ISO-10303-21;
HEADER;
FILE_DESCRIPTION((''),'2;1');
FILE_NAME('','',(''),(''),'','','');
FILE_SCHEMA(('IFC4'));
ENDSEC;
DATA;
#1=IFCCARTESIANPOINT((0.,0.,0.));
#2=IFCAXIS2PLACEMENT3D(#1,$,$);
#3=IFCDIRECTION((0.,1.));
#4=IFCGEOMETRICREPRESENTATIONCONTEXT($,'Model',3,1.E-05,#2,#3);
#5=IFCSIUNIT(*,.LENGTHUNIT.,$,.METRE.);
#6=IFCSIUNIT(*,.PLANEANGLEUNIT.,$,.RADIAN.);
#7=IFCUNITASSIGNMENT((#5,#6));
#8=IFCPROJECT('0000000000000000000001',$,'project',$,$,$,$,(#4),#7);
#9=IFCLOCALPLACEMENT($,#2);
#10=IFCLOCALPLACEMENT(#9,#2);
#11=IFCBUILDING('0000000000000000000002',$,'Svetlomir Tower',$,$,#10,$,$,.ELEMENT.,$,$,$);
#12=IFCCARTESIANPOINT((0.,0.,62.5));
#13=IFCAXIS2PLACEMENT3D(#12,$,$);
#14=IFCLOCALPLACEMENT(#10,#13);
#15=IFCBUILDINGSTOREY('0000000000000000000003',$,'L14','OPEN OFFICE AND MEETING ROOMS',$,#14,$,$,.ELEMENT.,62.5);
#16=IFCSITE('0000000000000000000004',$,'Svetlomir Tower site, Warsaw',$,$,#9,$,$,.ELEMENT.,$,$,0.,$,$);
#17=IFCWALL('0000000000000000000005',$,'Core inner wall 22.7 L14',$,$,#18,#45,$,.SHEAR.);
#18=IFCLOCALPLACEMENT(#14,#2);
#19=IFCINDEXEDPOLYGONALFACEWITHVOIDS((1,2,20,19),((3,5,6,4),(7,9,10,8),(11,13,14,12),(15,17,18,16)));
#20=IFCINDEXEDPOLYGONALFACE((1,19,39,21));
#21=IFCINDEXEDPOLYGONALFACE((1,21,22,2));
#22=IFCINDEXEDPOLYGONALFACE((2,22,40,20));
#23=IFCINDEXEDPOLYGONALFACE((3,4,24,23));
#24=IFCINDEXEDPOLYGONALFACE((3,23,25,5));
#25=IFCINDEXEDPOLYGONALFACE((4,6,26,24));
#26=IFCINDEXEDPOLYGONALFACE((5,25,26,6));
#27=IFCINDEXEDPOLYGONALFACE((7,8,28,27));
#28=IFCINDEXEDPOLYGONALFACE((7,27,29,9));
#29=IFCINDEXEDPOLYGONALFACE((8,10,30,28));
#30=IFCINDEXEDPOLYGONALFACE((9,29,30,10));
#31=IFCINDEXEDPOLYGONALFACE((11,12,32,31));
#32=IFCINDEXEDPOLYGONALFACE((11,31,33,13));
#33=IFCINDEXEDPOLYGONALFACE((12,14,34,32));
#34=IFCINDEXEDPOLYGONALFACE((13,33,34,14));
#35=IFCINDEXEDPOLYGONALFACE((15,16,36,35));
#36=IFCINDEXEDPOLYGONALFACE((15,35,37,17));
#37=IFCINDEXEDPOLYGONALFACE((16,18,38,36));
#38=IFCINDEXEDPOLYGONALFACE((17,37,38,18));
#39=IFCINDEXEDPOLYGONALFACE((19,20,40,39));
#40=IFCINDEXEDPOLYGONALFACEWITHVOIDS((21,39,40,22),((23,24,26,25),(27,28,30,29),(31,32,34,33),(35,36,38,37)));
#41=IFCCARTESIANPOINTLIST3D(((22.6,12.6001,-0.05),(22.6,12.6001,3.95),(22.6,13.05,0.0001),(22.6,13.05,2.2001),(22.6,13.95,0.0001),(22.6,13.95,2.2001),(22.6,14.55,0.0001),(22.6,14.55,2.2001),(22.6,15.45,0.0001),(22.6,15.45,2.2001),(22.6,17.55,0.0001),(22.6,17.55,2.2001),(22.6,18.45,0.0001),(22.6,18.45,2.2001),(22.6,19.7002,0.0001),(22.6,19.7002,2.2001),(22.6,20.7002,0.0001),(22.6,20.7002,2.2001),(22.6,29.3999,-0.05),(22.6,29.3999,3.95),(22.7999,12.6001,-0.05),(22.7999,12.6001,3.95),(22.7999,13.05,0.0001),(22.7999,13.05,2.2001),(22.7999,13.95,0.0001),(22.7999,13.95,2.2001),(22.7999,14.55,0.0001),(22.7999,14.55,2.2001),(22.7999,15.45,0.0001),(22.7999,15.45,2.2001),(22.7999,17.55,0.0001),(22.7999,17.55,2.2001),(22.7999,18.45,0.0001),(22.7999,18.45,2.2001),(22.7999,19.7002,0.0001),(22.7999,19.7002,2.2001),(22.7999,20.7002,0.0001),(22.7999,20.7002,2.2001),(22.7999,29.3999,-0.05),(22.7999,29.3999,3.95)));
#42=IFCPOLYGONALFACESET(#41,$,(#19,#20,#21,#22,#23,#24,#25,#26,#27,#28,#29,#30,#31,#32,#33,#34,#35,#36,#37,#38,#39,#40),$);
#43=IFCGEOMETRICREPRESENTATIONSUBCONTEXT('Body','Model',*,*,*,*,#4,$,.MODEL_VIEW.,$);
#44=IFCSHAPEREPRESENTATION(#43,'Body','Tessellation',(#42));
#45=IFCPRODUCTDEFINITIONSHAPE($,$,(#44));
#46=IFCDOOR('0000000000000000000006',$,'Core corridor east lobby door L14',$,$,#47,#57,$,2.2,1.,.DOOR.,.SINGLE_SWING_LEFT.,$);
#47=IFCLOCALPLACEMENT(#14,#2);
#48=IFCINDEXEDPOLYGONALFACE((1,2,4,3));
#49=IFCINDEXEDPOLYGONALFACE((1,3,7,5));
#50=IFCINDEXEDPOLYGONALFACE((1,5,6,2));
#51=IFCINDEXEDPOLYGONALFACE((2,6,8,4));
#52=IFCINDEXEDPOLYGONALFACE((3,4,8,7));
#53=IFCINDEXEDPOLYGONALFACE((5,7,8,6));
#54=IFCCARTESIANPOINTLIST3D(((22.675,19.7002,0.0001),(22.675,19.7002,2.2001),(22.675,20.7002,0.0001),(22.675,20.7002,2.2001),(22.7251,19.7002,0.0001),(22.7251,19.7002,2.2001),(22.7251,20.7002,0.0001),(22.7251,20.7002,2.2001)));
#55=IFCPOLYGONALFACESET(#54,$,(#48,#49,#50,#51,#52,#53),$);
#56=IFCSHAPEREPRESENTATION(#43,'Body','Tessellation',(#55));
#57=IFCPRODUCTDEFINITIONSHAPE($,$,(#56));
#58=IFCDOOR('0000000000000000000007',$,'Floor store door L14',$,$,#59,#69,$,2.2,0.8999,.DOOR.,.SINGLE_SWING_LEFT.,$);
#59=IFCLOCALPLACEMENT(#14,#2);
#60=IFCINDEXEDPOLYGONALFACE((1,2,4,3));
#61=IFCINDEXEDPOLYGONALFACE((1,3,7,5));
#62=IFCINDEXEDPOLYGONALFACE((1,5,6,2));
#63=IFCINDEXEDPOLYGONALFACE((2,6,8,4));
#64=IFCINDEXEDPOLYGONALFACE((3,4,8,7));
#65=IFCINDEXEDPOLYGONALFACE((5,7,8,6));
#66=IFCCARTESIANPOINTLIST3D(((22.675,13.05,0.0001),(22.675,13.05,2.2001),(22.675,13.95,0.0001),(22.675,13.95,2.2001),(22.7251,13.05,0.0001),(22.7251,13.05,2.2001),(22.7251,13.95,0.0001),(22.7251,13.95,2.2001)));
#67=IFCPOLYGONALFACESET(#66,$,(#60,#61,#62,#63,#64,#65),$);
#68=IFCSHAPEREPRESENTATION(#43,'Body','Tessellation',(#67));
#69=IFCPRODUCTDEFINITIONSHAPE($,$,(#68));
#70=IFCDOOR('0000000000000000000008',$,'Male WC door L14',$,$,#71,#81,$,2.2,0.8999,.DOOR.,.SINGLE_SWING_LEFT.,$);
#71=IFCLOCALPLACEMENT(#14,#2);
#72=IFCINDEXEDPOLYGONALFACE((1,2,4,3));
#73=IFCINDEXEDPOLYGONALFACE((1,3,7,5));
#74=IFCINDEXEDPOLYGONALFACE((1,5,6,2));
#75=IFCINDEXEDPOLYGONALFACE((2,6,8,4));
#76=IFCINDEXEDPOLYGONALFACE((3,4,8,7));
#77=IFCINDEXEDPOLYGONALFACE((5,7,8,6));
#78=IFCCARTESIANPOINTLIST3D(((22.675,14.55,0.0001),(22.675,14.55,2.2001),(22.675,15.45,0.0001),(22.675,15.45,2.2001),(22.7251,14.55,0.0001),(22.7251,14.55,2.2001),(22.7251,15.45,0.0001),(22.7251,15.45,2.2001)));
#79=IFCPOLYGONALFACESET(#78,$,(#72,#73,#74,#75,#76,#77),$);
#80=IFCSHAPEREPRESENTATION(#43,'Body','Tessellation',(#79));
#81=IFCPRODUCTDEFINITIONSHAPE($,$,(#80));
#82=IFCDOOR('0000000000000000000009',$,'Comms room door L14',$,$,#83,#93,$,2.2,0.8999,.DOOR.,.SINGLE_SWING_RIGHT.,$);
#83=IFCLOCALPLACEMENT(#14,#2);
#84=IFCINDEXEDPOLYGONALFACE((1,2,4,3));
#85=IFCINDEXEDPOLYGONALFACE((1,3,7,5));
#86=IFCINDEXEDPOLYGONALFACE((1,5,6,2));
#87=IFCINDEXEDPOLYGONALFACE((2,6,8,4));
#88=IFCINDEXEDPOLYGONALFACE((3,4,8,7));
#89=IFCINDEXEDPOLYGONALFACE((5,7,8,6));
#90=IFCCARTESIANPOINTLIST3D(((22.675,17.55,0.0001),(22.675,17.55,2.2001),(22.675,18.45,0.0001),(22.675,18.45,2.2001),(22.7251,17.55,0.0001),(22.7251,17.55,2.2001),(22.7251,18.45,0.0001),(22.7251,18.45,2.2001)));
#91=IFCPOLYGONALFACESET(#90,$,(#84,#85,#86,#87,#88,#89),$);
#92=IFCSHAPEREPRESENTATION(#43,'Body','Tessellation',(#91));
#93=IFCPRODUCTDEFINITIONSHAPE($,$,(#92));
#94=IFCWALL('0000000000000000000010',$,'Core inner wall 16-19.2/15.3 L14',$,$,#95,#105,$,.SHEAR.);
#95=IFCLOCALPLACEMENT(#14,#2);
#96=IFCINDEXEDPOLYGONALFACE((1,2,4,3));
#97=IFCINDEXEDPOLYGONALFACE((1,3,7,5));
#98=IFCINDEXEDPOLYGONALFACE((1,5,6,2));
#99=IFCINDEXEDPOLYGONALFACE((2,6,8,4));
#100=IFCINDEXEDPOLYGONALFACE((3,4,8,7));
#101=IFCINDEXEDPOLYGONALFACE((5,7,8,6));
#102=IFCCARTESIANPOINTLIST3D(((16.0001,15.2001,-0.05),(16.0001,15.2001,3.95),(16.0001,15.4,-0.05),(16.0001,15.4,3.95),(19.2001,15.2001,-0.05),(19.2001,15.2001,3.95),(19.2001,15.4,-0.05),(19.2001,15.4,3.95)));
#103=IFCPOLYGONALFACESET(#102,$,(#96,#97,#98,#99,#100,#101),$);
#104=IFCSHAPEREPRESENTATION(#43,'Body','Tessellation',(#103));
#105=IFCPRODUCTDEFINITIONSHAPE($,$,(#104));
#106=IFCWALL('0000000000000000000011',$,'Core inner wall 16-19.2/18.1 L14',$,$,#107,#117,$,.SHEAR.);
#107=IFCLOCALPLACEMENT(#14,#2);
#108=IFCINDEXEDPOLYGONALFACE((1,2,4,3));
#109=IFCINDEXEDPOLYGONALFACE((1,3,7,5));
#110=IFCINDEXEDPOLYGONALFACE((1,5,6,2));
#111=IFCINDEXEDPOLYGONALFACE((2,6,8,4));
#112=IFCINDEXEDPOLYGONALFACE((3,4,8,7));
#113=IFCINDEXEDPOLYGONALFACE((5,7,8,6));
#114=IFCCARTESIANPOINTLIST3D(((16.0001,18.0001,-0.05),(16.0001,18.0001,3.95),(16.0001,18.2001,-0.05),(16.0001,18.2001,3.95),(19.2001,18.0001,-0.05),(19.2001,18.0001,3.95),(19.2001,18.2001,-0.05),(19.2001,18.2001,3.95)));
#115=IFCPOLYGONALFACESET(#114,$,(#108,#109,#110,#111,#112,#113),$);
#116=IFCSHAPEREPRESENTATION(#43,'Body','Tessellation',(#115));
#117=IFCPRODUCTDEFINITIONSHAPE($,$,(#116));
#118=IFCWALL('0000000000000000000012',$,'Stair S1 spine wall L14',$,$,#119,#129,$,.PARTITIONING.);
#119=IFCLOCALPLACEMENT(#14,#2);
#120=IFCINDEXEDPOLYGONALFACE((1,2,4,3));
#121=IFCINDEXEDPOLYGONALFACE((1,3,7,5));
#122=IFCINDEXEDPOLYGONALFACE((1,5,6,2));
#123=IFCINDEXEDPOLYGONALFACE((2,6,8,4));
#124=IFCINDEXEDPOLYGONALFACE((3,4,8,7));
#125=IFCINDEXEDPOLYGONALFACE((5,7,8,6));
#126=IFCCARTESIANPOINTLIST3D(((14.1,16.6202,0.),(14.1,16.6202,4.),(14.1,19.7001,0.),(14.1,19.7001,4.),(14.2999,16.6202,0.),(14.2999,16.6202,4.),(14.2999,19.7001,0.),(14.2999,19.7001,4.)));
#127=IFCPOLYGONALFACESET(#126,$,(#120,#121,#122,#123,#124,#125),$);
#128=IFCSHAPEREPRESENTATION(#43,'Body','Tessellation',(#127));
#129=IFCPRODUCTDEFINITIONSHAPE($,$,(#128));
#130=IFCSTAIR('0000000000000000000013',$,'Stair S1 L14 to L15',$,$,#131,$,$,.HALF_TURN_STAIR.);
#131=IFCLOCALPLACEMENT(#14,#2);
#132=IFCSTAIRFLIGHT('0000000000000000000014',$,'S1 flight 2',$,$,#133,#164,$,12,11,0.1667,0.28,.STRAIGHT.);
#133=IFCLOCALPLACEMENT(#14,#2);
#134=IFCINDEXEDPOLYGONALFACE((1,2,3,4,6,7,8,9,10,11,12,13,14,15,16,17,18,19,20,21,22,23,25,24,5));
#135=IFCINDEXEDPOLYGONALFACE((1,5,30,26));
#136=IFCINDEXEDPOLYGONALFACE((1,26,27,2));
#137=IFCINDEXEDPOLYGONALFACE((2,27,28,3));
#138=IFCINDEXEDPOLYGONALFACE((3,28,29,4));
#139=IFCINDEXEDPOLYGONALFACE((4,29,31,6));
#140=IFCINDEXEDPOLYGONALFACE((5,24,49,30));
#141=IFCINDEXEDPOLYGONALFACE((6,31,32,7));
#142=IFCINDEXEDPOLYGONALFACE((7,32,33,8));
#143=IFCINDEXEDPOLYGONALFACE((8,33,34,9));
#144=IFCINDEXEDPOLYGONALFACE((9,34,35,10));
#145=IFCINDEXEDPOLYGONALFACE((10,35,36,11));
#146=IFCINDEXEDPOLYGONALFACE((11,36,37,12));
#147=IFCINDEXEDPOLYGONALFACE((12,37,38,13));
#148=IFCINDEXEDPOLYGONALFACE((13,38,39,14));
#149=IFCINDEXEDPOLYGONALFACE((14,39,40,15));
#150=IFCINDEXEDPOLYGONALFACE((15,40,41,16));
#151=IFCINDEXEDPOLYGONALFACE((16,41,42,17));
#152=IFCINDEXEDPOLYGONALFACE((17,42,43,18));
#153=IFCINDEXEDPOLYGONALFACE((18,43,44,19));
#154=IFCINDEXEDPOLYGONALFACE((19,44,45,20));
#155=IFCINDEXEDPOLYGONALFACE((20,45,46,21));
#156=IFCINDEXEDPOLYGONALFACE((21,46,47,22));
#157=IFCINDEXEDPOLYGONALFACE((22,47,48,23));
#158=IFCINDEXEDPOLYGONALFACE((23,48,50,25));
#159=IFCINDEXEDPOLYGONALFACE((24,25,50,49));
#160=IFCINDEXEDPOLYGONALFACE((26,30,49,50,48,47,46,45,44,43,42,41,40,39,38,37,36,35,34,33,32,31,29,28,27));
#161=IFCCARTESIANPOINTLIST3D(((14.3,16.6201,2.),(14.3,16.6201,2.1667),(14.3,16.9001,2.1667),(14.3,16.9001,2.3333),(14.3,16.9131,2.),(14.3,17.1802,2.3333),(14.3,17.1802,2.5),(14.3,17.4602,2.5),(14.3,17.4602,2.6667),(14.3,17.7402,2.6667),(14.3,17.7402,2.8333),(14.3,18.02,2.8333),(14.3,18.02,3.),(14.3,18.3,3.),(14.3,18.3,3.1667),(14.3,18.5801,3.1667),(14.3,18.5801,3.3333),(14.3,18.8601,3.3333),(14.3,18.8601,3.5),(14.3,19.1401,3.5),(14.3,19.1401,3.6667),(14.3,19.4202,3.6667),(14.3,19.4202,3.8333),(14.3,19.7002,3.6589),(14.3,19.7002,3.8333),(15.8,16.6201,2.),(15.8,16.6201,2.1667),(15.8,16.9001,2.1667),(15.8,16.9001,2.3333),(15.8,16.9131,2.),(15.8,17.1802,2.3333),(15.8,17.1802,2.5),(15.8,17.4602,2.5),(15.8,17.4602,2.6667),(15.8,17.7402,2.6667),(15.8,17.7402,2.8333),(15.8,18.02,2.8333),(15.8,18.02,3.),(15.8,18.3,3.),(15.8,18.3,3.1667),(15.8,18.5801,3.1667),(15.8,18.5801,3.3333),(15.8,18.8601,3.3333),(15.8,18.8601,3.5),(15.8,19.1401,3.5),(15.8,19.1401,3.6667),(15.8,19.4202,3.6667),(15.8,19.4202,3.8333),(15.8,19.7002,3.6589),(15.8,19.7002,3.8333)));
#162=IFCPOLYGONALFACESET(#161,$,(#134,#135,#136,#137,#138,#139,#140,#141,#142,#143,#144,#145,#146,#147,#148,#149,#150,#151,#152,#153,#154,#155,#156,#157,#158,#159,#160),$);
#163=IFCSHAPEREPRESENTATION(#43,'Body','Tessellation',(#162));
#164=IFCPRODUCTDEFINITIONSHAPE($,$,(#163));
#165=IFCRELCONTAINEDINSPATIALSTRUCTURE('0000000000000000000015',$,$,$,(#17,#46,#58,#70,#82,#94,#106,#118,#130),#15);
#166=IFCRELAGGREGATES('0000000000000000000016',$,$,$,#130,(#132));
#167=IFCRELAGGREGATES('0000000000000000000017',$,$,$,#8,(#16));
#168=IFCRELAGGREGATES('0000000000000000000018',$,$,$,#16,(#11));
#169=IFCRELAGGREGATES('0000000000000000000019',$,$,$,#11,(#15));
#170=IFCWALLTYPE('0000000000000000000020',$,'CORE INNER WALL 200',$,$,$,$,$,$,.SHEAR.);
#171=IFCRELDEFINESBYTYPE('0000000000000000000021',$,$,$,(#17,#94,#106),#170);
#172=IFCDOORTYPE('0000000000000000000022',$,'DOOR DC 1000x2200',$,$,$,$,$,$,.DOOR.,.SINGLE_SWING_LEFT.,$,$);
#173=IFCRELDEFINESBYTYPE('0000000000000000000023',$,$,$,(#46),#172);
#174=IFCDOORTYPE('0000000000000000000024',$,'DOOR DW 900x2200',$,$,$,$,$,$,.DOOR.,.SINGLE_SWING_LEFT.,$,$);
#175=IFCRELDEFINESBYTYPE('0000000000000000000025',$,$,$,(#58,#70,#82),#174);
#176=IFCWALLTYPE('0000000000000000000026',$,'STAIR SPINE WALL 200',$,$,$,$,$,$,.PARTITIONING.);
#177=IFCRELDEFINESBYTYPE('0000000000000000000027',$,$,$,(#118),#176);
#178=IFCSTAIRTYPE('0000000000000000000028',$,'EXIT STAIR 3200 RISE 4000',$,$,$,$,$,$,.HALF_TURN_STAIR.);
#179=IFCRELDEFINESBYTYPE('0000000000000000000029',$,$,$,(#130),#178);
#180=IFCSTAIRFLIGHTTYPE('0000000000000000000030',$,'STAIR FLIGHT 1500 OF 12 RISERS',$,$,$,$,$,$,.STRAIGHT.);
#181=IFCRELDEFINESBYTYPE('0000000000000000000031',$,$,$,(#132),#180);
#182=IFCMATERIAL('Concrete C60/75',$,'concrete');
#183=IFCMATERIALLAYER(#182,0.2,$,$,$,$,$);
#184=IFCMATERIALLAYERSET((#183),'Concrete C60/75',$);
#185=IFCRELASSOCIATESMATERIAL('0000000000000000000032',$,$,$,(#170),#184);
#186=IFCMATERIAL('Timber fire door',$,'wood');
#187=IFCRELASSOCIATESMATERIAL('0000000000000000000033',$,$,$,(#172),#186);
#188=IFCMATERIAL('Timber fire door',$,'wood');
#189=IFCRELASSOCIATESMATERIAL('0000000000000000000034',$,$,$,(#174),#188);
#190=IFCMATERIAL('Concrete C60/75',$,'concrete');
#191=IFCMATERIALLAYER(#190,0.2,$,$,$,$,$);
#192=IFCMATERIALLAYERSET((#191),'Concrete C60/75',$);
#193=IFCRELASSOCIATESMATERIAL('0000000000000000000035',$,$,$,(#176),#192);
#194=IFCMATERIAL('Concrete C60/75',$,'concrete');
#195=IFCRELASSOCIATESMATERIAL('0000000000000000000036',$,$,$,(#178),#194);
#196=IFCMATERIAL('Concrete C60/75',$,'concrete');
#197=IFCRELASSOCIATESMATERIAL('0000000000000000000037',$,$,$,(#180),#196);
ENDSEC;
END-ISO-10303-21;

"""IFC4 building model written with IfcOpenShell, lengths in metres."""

from ifc_helpers import new_model, si_unit, direction, frame, frame_2d, origin, place, context, subcontext, project, spatial, polyline, rectangle, outline, extrude, material, layer, layer_set, type_object, element, fill, aggregate, save


model = new_model("IFC4")

# Units and contexts
model_context = context("Model", 3, precision=1e-05, world=origin(), true_north=direction((0.0, 1.0)))
body_context = subcontext(model_context, "Body", "Model", "MODEL_VIEW")
ifc_project = project(units=[si_unit("LENGTHUNIT", "METRE"), si_unit("PLANEANGLEUNIT", "RADIAN")], contexts=[model_context])

# Site, building, storey
site_placement = place(None, origin())
site = spatial("IfcSite", under=ifc_project, at=site_placement, Name="Svetlomir Tower site, Warsaw", CompositionType="ELEMENT", RefElevation=0.0)
building_placement = place(site_placement, origin())
building = spatial("IfcBuilding", under=site, at=building_placement, Name="Svetlomir Tower", CompositionType="ELEMENT")
storey_placement = place(building_placement, frame((0.0, 0.0, 62.5)))
storey = spatial("IfcBuildingStorey", under=building, at=storey_placement, Name="L14", Description="OPEN OFFICE AND MEETING ROOMS", CompositionType="ELEMENT", Elevation=62.5)

# Wall, openings, doors
ifc_material_1 = material(Name="Concrete C60/75", Category="concrete")
ifc_layer_1 = layer(ifc_material_1, 0.2)
ifc_layer_set_1 = layer_set([ifc_layer_1], Name="Concrete C60/75")
wall_type_1 = type_object("IfcWallType", Name="CORE INNER WALL 200", PredefinedType="SHEAR", material=ifc_layer_set_1)
ifc_material_2 = material(Name="Timber fire door", Category="wood")
door_type_1 = type_object("IfcDoorType", Name="DOOR DC 1000x2200", OperationType="SINGLE_SWING_LEFT", PredefinedType="DOOR", material=ifc_material_2)
ifc_material_3 = material(Name="Timber fire door", Category="wood")
door_type_2 = type_object("IfcDoorType", Name="DOOR DW 900x2200", OperationType="SINGLE_SWING_LEFT", PredefinedType="DOOR", material=ifc_material_3)
wall_1_placement = place(storey_placement, frame((22.7, 12.6001, -0.05), z_axis=(0.0, 0.0, 1.0), x_axis=(0.0, 1.0, 0.0)))
wall_1 = element("IfcWall", 1, at=wall_1_placement, inside=storey, type_object=wall_type_1, Name="Core inner wall 22.7 L14", PredefinedType="SHEAR", context=body_context, shape_type="SweptSolid", body=[
    extrude(rectangle(XDim=16.7998, YDim=0.2, at=frame_2d((8.3999, 0.0))), origin(), (0.0, 0.0, 1.0), 4.0),
])
opening_1_placement = place(wall_1_placement, frame((0.45, 0.0, 0.05)))
opening_1 = element("IfcOpeningElement", 2, at=opening_1_placement, cuts=wall_1, PredefinedType="OPENING", context=body_context, shape_type="SweptSolid", body=[
    extrude(rectangle(XDim=0.8999, YDim=2.2, at=frame_2d((0.45, 1.1001))), frame((0.0, 0.1099, 0.0), z_axis=(0.0, -1.0, 0.0), x_axis=(1.0, 0.0, 0.0)), (0.0, 0.0, 1.0), 0.22),
])
opening_2_placement = place(wall_1_placement, frame((7.1001, 0.0, 0.05)))
opening_2 = element("IfcOpeningElement", 3, at=opening_2_placement, cuts=wall_1, PredefinedType="OPENING", context=body_context, shape_type="SweptSolid", body=[
    extrude(rectangle(XDim=1.0, YDim=2.2, at=frame_2d((0.5, 1.1001))), frame((0.0, 0.1099, 0.0), z_axis=(0.0, -1.0, 0.0), x_axis=(1.0, 0.0, 0.0)), (0.0, 0.0, 1.0), 0.22),
])
opening_3_placement = place(wall_1_placement, frame((1.95, 0.0, 0.05)))
opening_3 = element("IfcOpeningElement", 4, at=opening_3_placement, cuts=wall_1, PredefinedType="OPENING", context=body_context, shape_type="SweptSolid", body=[
    extrude(rectangle(XDim=0.8999, YDim=2.2, at=frame_2d((0.45, 1.1001))), frame((0.0, 0.1099, 0.0), z_axis=(0.0, -1.0, 0.0), x_axis=(1.0, 0.0, 0.0)), (0.0, 0.0, 1.0), 0.22),
])
opening_4_placement = place(wall_1_placement, frame((4.95, 0.0, 0.05)))
opening_4 = element("IfcOpeningElement", 5, at=opening_4_placement, cuts=wall_1, PredefinedType="OPENING", context=body_context, shape_type="SweptSolid", body=[
    extrude(rectangle(XDim=0.8999, YDim=2.2, at=frame_2d((0.45, 1.1001))), frame((0.0, 0.1099, 0.0), z_axis=(0.0, -1.0, 0.0), x_axis=(1.0, 0.0, 0.0)), (0.0, 0.0, 1.0), 0.22),
])
door_1_placement = place(opening_2_placement, origin())
door_1 = element("IfcDoor", 6, at=door_1_placement, inside=storey, type_object=door_type_1, Name="Core corridor east lobby door L14", OperationType="SINGLE_SWING_LEFT", OverallHeight=2.2, OverallWidth=1.0, PredefinedType="DOOR", context=body_context, shape_type="SweptSolid", body=[
    extrude(rectangle(XDim=1.0, YDim=2.2, at=frame_2d((0.5, 1.1001))), frame((0.0, 0.0249, 0.0), z_axis=(0.0, -1.0, 0.0), x_axis=(1.0, 0.0, 0.0)), (0.0, 0.0, 1.0), 0.05),
])
fill(opening_2, door_1)
door_2_placement = place(opening_1_placement, origin())
door_2 = element("IfcDoor", 7, at=door_2_placement, inside=storey, type_object=door_type_2, Name="Floor store door L14", OperationType="SINGLE_SWING_LEFT", OverallHeight=2.2, OverallWidth=0.8999, PredefinedType="DOOR", context=body_context, shape_type="SweptSolid", body=[
    extrude(rectangle(XDim=0.8999, YDim=2.2, at=frame_2d((0.45, 1.1001))), frame((0.0, 0.0249, 0.0), z_axis=(0.0, -1.0, 0.0), x_axis=(1.0, 0.0, 0.0)), (0.0, 0.0, 1.0), 0.05),
])
fill(opening_1, door_2)
door_3_placement = place(opening_3_placement, origin())
door_3 = element("IfcDoor", 8, at=door_3_placement, inside=storey, type_object=door_type_2, Name="Male WC door L14", OperationType="SINGLE_SWING_LEFT", OverallHeight=2.2, OverallWidth=0.8999, PredefinedType="DOOR", context=body_context, shape_type="SweptSolid", body=[
    extrude(rectangle(XDim=0.8999, YDim=2.2, at=frame_2d((0.45, 1.1001))), frame((0.0, 0.0249, 0.0), z_axis=(0.0, -1.0, 0.0), x_axis=(1.0, 0.0, 0.0)), (0.0, 0.0, 1.0), 0.05),
])
fill(opening_3, door_3)
door_4_placement = place(opening_4_placement, origin())
door_4 = element("IfcDoor", 9, at=door_4_placement, inside=storey, type_object=door_type_2, Name="Comms room door L14", OperationType="SINGLE_SWING_RIGHT", OverallHeight=2.2, OverallWidth=0.8999, PredefinedType="DOOR", context=body_context, shape_type="SweptSolid", body=[
    extrude(rectangle(XDim=0.8999, YDim=2.2, at=frame_2d((0.45, 1.1001))), frame((0.0, 0.0249, 0.0), z_axis=(0.0, -1.0, 0.0), x_axis=(1.0, 0.0, 0.0)), (0.0, 0.0, 1.0), 0.05),
])
fill(opening_4, door_4)

# Walls
for number, where, z_axis, x_axis, name in (
    (10, (16.0, 15.3, -0.05), (0.0, 0.0, 1.0), (1.0, 0.0, 0.0), "Core inner wall 16-19.2/15.3 L14"),
    (11, (16.0, 18.1001, -0.05), (0.0, 0.0, 1.0), (1.0, 0.0, 0.0), "Core inner wall 16-19.2/18.1 L14"),
):
    element("IfcWall", number, at=place(storey_placement, frame(where, z_axis=z_axis, x_axis=x_axis)), inside=storey, type_object=wall_type_1, Name=name, PredefinedType="SHEAR", context=body_context, shape_type="SweptSolid", body=[
        extrude(rectangle(XDim=3.2, YDim=0.2, at=frame_2d((1.6001, 0.0))), origin(), (0.0, 0.0, 1.0), 4.0),
    ])
ifc_material_4 = material(Name="Concrete C60/75", Category="concrete")
ifc_layer_2 = layer(ifc_material_4, 0.2)
ifc_layer_set_2 = layer_set([ifc_layer_2], Name="Concrete C60/75")
wall_type_2 = type_object("IfcWallType", Name="STAIR SPINE WALL 200", PredefinedType="PARTITIONING", material=ifc_layer_set_2)
wall_2_placement = place(storey_placement, frame((14.2, 16.6201, 0.0), z_axis=(0.0, 0.0, 1.0), x_axis=(0.0, 1.0, 0.0)))
element("IfcWall", 12, at=wall_2_placement, inside=storey, type_object=wall_type_2, Name="Stair S1 spine wall L14", PredefinedType="PARTITIONING", context=body_context, shape_type="SweptSolid", body=[
    extrude(rectangle(XDim=3.0798, YDim=0.2, at=frame_2d((1.54, 0.0))), origin(), (0.0, 0.0, 1.0), 4.0),
])

# Stair, stair flight
ifc_material_5 = material(Name="Concrete C60/75", Category="concrete")
stair_type = type_object("IfcStairType", Name="EXIT STAIR 3200 RISE 4000", PredefinedType="HALF_TURN_STAIR", material=ifc_material_5)
stair_placement = place(storey_placement, origin())
stair = element("IfcStair", 13, at=stair_placement, inside=storey, type_object=stair_type, Name="Stair S1 L14 to L15", PredefinedType="HALF_TURN_STAIR")
ifc_material_6 = material(Name="Concrete C60/75", Category="concrete")
stair_flight_type = type_object("IfcStairFlightType", Name="STAIR FLIGHT 1500 OF 12 RISERS", PredefinedType="STRAIGHT", material=ifc_material_6)
stair_flight_placement = place(storey_placement, frame((15.05, 16.6201, 2.0), z_axis=(0.0, 0.0, 1.0), x_axis=(0.0, 1.0, 0.0)))
stair_flight = element("IfcStairFlight", 14, at=stair_flight_placement, type_object=stair_flight_type, Name="S1 flight 2", NumberOfRisers=12, NumberOfTreads=11, PredefinedType="STRAIGHT", RiserHeight=0.1667, TreadLength=0.28, context=body_context, shape_type="SweptSolid", body=[
    extrude(outline(polyline([(0.0, 0.0), (0.0, 0.1667), (0.28, 0.1667), (0.28, 0.3333), (0.5601, 0.3333), (0.5601, 0.5), (0.8401, 0.5), (0.8401, 0.6667), (1.1201, 0.6667), (1.1201, 0.8333), (1.3999, 0.8333), (1.3999, 1.0), (1.6799, 1.0), (1.6799, 1.1667), (1.96, 1.1667), (1.96, 1.3333), (2.24, 1.3333), (2.24, 1.5), (2.52, 1.5), (2.52, 1.6667), (2.8, 1.6667), (2.8, 1.8333), (3.0801, 1.8333), (3.0801, 2.0), (3.0801, 1.6589), (0.293, 0.0), (0.0, 0.0)])), frame((0.0, 0.75, 0.0), z_axis=(0.0, -1.0, 0.0), x_axis=(1.0, 0.0, 0.0)), (0.0, 0.0, 1.0), 1.5),
])
aggregate(stair, [stair_flight])

save(model, "model.ifc")
